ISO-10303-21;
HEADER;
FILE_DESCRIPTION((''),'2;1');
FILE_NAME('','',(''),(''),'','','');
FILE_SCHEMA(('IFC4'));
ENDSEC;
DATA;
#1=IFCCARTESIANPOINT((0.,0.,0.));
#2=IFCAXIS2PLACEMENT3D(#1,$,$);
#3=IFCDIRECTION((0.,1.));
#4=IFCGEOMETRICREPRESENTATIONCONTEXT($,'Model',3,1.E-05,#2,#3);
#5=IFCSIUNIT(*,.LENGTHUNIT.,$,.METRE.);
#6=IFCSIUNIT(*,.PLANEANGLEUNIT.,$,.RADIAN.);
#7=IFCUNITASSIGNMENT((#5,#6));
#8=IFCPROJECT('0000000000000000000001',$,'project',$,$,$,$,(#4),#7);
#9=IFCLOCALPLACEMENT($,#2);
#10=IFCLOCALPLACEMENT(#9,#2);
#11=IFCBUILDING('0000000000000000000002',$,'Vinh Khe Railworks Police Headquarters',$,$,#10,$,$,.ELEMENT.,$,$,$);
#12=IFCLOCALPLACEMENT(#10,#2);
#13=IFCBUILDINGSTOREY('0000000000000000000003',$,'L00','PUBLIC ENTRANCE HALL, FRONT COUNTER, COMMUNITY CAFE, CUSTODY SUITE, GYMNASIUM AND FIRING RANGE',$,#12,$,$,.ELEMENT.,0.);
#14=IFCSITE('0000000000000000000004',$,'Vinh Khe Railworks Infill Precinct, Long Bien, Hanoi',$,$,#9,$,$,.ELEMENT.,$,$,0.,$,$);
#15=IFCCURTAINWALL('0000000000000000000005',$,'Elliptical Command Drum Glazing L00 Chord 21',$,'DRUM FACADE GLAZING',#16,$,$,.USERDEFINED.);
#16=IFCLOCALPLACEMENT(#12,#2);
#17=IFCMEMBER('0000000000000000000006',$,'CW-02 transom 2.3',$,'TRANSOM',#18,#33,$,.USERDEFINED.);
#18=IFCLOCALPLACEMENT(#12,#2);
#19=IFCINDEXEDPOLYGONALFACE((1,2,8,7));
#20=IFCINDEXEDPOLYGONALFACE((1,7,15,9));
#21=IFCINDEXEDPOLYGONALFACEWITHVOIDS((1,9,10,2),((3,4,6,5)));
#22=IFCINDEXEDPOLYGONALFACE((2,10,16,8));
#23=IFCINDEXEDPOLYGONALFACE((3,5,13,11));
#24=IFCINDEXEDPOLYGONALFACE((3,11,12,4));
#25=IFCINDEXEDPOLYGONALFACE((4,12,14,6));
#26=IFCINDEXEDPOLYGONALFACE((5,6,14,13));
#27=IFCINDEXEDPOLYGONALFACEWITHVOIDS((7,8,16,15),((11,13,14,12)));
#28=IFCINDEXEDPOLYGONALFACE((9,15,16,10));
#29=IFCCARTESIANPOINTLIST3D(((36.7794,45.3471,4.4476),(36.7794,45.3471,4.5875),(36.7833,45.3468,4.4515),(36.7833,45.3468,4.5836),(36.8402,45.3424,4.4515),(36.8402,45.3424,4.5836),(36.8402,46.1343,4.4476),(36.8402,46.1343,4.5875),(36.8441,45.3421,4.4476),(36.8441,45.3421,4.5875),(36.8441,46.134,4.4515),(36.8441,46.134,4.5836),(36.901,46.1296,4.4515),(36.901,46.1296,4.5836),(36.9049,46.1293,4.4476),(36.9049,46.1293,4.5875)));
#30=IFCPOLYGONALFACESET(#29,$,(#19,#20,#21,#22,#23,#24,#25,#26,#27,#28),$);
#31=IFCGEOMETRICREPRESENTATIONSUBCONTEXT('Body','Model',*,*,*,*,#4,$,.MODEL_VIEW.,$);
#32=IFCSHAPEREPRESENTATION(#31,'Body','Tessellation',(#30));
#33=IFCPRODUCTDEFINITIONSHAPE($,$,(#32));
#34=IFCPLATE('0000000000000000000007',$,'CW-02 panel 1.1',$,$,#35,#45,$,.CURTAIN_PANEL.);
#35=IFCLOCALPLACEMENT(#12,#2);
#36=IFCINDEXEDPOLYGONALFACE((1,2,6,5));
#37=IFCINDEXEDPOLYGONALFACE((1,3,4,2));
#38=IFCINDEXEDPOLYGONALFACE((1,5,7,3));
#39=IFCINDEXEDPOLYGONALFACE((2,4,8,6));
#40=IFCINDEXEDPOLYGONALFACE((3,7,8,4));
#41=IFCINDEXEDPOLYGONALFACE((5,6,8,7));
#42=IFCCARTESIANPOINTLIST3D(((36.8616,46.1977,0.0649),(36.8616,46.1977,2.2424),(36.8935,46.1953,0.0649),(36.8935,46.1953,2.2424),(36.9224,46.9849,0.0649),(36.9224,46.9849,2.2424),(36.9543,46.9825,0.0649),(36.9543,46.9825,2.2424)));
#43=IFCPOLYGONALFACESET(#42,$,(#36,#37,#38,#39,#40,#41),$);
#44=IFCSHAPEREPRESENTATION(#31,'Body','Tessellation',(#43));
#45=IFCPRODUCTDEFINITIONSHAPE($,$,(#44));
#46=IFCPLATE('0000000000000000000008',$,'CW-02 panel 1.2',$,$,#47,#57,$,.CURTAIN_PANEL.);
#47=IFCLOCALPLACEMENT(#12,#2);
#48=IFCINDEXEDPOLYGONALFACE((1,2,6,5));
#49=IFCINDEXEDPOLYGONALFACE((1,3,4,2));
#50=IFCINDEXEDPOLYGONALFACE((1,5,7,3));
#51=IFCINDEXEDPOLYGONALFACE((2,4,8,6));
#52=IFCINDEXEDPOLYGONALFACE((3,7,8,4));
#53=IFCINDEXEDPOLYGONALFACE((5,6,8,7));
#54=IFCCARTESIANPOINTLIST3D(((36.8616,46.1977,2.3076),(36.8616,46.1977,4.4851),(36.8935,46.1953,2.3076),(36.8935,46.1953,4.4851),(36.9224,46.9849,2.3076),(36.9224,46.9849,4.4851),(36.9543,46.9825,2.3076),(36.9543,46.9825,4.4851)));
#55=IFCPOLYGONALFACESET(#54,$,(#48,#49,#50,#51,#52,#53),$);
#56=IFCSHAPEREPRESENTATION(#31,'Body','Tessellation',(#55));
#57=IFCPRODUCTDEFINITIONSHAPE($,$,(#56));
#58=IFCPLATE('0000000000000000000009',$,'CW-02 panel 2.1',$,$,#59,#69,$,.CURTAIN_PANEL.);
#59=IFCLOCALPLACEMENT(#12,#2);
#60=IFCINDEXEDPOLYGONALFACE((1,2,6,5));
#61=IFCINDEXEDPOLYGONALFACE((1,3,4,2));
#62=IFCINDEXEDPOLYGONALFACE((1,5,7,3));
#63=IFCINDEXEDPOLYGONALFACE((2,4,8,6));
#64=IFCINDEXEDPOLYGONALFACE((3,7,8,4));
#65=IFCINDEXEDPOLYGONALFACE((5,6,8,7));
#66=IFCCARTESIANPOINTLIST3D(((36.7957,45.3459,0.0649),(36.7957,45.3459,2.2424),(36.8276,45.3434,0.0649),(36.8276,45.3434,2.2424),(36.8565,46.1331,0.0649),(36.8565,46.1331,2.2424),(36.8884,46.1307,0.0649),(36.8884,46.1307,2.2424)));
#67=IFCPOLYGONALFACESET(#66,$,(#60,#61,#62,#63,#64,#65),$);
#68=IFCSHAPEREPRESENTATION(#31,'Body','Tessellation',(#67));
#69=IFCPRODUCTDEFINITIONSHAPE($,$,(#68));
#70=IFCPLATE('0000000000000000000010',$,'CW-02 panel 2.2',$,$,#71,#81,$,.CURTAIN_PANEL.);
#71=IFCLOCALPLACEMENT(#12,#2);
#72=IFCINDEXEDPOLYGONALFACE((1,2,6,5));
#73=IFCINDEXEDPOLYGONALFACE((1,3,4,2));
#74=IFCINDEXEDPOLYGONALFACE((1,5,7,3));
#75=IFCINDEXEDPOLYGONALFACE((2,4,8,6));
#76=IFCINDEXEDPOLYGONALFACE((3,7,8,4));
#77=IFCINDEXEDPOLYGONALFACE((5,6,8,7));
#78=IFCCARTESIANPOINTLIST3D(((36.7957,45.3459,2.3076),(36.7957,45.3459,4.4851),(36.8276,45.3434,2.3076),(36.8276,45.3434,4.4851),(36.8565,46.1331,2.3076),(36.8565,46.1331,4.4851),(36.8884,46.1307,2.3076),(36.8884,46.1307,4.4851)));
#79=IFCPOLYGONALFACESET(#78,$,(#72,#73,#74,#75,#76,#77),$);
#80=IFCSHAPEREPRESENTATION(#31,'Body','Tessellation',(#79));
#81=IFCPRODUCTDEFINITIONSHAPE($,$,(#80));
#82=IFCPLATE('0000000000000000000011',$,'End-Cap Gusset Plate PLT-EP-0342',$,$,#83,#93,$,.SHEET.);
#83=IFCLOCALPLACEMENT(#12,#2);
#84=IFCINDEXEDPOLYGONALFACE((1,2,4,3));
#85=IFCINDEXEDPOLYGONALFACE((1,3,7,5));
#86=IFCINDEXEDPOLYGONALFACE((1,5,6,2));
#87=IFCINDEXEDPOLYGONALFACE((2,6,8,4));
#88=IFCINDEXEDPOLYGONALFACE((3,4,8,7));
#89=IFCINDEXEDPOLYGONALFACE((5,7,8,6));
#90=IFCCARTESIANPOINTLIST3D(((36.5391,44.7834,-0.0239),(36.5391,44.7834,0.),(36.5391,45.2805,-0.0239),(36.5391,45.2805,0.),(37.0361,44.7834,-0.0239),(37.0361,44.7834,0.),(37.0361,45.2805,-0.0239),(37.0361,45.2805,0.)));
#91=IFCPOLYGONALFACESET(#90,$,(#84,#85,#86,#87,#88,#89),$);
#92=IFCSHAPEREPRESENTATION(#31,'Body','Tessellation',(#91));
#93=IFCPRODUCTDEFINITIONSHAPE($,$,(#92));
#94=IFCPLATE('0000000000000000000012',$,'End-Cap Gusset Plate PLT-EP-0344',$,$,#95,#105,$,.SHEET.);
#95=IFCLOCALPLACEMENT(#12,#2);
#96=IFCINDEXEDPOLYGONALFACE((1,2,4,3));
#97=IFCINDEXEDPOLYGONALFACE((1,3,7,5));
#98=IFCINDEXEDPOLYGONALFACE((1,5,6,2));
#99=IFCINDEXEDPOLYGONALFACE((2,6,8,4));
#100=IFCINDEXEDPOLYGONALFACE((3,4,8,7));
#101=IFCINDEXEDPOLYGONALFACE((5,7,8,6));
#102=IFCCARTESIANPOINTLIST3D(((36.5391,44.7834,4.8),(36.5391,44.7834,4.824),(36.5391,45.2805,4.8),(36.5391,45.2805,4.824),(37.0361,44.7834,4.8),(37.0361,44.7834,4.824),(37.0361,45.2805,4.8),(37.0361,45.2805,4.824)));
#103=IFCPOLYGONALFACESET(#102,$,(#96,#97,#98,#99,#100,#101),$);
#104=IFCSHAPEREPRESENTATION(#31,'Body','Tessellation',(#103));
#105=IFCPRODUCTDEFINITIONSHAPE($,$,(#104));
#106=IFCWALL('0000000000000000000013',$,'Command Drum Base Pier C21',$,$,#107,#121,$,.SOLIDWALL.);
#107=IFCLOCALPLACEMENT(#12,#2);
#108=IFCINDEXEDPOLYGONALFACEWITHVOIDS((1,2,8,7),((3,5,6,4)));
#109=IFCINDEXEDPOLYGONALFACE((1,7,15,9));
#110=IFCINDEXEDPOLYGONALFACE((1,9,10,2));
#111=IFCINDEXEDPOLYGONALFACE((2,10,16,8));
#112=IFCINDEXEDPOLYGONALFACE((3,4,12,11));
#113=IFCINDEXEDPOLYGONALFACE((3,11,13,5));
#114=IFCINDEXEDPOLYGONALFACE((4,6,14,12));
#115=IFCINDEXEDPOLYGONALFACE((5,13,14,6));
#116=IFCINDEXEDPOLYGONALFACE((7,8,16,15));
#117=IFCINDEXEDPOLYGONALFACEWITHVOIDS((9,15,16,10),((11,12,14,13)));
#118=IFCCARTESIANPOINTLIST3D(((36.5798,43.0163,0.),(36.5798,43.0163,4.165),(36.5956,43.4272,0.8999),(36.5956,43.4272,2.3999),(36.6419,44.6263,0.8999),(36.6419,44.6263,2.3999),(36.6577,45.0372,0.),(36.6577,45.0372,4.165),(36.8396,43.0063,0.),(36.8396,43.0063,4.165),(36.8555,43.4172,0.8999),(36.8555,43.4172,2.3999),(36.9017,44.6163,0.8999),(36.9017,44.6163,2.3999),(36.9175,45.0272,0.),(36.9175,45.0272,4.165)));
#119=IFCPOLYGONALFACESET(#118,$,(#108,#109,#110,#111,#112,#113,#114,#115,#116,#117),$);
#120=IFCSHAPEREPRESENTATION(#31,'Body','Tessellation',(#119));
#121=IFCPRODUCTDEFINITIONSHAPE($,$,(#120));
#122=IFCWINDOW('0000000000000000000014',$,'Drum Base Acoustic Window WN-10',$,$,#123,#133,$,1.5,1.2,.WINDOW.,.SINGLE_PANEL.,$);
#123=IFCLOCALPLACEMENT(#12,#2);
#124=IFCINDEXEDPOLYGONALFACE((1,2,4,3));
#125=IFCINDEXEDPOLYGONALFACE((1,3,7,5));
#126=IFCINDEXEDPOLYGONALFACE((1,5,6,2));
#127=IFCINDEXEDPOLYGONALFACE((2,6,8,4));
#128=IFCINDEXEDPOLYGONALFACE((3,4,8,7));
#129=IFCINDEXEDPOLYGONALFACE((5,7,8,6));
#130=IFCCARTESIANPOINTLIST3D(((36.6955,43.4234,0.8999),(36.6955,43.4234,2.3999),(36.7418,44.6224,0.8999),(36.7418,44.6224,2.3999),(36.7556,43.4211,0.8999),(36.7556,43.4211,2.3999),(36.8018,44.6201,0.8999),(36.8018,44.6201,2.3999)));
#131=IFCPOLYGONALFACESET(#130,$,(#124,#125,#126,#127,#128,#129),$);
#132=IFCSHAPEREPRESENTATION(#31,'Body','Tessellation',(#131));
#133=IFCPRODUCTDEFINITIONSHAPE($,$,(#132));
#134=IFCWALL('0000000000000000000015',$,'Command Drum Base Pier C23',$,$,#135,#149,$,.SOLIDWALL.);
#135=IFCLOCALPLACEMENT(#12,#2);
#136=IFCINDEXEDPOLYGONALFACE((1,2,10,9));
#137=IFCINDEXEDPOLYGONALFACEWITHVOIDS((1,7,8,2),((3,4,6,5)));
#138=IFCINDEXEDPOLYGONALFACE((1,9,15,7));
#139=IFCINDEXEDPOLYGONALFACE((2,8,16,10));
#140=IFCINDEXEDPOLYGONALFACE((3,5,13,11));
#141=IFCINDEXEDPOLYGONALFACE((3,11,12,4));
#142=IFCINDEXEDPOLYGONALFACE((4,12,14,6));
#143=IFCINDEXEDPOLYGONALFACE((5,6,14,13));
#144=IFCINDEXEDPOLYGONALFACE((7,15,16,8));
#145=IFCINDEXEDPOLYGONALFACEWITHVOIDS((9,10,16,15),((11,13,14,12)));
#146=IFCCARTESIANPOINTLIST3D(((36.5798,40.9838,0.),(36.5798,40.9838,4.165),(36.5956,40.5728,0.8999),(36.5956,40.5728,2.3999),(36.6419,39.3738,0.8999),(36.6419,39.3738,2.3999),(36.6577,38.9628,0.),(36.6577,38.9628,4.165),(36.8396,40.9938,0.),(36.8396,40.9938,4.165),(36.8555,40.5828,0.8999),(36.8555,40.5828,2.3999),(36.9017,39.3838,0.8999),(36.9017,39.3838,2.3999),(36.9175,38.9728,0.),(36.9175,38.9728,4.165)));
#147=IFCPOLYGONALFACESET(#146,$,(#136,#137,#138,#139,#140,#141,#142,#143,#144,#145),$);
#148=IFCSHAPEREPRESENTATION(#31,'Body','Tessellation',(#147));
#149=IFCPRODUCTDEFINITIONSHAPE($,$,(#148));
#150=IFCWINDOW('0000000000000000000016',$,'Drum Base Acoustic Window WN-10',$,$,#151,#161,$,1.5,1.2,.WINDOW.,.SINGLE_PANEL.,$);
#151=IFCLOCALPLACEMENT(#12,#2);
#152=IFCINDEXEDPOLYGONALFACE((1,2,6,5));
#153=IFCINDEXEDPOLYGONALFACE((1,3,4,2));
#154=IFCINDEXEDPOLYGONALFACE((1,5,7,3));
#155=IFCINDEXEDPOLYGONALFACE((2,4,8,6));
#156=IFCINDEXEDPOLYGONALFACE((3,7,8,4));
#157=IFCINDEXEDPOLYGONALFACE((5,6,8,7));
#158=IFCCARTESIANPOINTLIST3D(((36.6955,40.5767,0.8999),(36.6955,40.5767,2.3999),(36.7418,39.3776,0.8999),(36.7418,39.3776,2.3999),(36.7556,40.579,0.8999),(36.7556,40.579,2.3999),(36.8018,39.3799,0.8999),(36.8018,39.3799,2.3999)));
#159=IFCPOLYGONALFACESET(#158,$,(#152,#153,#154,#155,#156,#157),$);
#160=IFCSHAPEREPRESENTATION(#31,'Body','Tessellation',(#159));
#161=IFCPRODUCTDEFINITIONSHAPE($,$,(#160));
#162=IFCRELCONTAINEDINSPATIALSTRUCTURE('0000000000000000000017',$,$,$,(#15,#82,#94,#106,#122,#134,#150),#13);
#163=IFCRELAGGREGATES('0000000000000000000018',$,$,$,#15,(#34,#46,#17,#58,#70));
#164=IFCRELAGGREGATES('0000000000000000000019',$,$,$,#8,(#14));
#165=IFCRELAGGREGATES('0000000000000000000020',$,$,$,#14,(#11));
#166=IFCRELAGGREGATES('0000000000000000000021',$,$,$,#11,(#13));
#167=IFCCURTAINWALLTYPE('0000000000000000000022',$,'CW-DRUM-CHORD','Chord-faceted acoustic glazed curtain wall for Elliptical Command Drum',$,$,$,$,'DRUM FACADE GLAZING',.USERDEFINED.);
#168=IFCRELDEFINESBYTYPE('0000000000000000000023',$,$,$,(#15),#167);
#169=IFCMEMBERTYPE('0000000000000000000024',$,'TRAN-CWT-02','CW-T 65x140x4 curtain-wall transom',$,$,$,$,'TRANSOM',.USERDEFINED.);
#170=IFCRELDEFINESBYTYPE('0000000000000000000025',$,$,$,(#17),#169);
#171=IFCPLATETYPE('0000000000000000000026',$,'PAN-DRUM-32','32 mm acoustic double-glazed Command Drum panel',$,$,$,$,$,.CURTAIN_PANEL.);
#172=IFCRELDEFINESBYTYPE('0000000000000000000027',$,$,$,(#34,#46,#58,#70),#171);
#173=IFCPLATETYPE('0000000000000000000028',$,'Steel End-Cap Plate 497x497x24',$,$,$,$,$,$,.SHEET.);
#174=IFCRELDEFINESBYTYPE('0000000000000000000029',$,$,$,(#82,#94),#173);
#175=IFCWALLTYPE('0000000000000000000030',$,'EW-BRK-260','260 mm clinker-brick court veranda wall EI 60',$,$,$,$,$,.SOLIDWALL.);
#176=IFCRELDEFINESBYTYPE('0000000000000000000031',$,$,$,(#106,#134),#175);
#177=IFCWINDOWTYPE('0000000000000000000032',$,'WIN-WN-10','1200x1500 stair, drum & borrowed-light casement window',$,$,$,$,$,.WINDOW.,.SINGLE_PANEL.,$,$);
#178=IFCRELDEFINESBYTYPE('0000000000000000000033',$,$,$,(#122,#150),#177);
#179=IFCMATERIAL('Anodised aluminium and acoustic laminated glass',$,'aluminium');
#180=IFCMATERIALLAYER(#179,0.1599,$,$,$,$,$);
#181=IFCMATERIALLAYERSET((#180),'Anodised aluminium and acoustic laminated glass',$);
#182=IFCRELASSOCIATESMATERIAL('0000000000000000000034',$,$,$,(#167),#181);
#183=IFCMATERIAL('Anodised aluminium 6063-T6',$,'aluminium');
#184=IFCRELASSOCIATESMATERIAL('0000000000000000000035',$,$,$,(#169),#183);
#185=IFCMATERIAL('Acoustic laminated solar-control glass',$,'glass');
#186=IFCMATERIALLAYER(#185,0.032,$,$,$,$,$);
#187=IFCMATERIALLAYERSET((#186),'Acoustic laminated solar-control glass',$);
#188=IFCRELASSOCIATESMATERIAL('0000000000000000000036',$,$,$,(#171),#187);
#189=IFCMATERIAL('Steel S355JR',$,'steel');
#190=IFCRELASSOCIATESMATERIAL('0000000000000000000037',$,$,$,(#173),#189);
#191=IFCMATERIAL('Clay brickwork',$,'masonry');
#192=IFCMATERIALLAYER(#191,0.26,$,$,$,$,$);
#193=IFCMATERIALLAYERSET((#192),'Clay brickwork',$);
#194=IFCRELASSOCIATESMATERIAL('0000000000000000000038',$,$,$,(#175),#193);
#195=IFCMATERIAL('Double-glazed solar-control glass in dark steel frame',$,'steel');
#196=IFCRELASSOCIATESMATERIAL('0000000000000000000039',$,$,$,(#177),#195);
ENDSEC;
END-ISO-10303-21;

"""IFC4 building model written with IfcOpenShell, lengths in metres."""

from ifc_helpers import new_model, si_unit, direction, frame, frame_2d, origin, origin_2d, place, context, subcontext, project, spatial, rectangle, hollow_rectangle, extrude, material, layer, layer_set, material_profile, profile_set, type_object, element, fill, aggregate, save


model = new_model("IFC4")

# Units and contexts
model_context = context("Model", 3, precision=1e-05, world=origin(), true_north=direction((0.0, 1.0)))
body_context = subcontext(model_context, "Body", "Model", "MODEL_VIEW")
ifc_project = project(units=[si_unit("LENGTHUNIT", "METRE"), si_unit("PLANEANGLEUNIT", "RADIAN")], contexts=[model_context])

# Site, building, storey
site_placement = place(None, origin())
site = spatial("IfcSite", under=ifc_project, at=site_placement, Name="Vinh Khe Railworks Infill Precinct, Long Bien, Hanoi", CompositionType="ELEMENT", RefElevation=0.0)
building_placement = place(site_placement, origin())
building = spatial("IfcBuilding", under=site, at=building_placement, Name="Vinh Khe Railworks Police Headquarters", CompositionType="ELEMENT")
storey_placement = place(building_placement, origin())
storey = spatial("IfcBuildingStorey", under=building, at=storey_placement, Name="L00", Description="PUBLIC ENTRANCE HALL, FRONT COUNTER, COMMUNITY CAFE, CUSTODY SUITE, GYMNASIUM AND FIRING RANGE", CompositionType="ELEMENT", Elevation=0.0)

# Shared definitions
ifc_material_1 = material(Name="Steel S355JR", Category="steel")

# Curtain wall
ifc_material_2 = material(Name="Anodised aluminium and acoustic laminated glass", Category="aluminium")
ifc_layer_1 = layer(ifc_material_2, 0.1599)
ifc_layer_set_1 = layer_set([ifc_layer_1], Name="Anodised aluminium and acoustic laminated glass")
curtain_wall_type = type_object("IfcCurtainWallType", Name="CW-DRUM-CHORD", Description="Chord-faceted acoustic glazed curtain wall for Elliptical Command Drum", ElementType="DRUM FACADE GLAZING", PredefinedType="USERDEFINED", material=ifc_layer_set_1)
curtain_wall_placement = place(storey_placement, origin())
curtain_wall = element("IfcCurtainWall", 1, at=curtain_wall_placement, inside=storey, type_object=curtain_wall_type, Name="Elliptical Command Drum Glazing L00 Chord 21", ObjectType="DRUM FACADE GLAZING", PredefinedType="USERDEFINED")
ifc_material_3 = material(Name="Anodised aluminium 6063-T6", Category="aluminium")

# Member
ifc_material_profile_1 = material_profile(ifc_material_3, hollow_rectangle(XDim=0.0649, YDim=0.1399, WallThickness=0.0039, at=origin_2d()), Name="CW-T 65x140x4")
ifc_profile_set_1 = profile_set([ifc_material_profile_1], Name="Anodised aluminium 6063-T6")
member_type_1 = type_object("IfcMemberType", Name="TRAN-CWT-02", Description="CW-T 65x140x4 curtain-wall transom", ElementType="TRANSOM", PredefinedType="USERDEFINED", material=ifc_profile_set_1)
member_1_placement = place(storey_placement, frame((36.8726, 46.1318, 4.5176), z_axis=(-0.077004, -0.997031, 0.0), x_axis=(0.997031, -0.077004, 0.0)))
member_1 = element("IfcMember", 2, at=member_1_placement, type_object=member_type_1, Name="CW-02 transom 2.3", ObjectType="TRANSOM", PredefinedType="USERDEFINED", context=body_context, shape_type="SweptSolid", body=[
    extrude(hollow_rectangle(XDim=0.0649, YDim=0.1399, WallThickness=0.0039, at=origin_2d()), origin(), (0.0, 0.0, 1.0), 0.7896),
])

# Plates
ifc_material_4 = material(Name="Acoustic laminated solar-control glass", Category="glass")
ifc_layer_2 = layer(ifc_material_4, 0.032)
ifc_layer_set_2 = layer_set([ifc_layer_2], Name="Acoustic laminated solar-control glass")
plate_type_1 = type_object("IfcPlateType", Name="PAN-DRUM-32", Description="32 mm acoustic double-glazed Command Drum panel", PredefinedType="CURTAIN_PANEL", material=ifc_layer_set_2)
plate_1_placement = place(storey_placement, frame((36.908, 46.5901, 0.0649), z_axis=(0.0, 0.0, 1.0), x_axis=(-0.07697, -0.997033, 0.0)))
plate_1 = element("IfcPlate", 3, at=plate_1_placement, type_object=plate_type_1, Name="CW-02 panel 1.1", PredefinedType="CURTAIN_PANEL", context=body_context, shape_type="SweptSolid", body=[
    extrude(rectangle(XDim=0.7896, YDim=0.032, at=origin_2d()), origin(), (0.0, 0.0, 1.0), 2.1775),
])
plate_2_placement = place(storey_placement, frame((36.908, 46.5901, 2.3076), z_axis=(0.0, 0.0, 1.0), x_axis=(-0.07697, -0.997033, 0.0)))
plate_2 = element("IfcPlate", 4, at=plate_2_placement, type_object=plate_type_1, Name="CW-02 panel 1.2", PredefinedType="CURTAIN_PANEL", context=body_context, shape_type="SweptSolid", body=[
    extrude(rectangle(XDim=0.7896, YDim=0.032, at=origin_2d()), origin(), (0.0, 0.0, 1.0), 2.1775),
])
plate_3_placement = place(storey_placement, frame((36.842, 45.7383, 0.0649), z_axis=(0.0, 0.0, 1.0), x_axis=(-0.07697, -0.997033, 0.0)))
plate_3 = element("IfcPlate", 5, at=plate_3_placement, type_object=plate_type_1, Name="CW-02 panel 2.1", PredefinedType="CURTAIN_PANEL", context=body_context, shape_type="SweptSolid", body=[
    extrude(rectangle(XDim=0.7896, YDim=0.032, at=origin_2d()), origin(), (0.0, 0.0, 1.0), 2.1775),
])
plate_4_placement = place(storey_placement, frame((36.842, 45.7383, 2.3076), z_axis=(0.0, 0.0, 1.0), x_axis=(-0.07697, -0.997033, 0.0)))
plate_4 = element("IfcPlate", 6, at=plate_4_placement, type_object=plate_type_1, Name="CW-02 panel 2.2", PredefinedType="CURTAIN_PANEL", context=body_context, shape_type="SweptSolid", body=[
    extrude(rectangle(XDim=0.7896, YDim=0.032, at=origin_2d()), origin(), (0.0, 0.0, 1.0), 2.1775),
])
aggregate(curtain_wall, [plate_1, plate_2, member_1, plate_3, plate_4])

# Plates
ifc_material_profile_2 = material_profile(ifc_material_1, rectangle(XDim=0.4971, YDim=0.4971, at=origin_2d()), Name="PL 497x497")
ifc_profile_set_2 = profile_set([ifc_material_profile_2], Name="Steel S355JR")
plate_type_2 = type_object("IfcPlateType", Name="Steel End-Cap Plate 497x497x24", PredefinedType="SHEET", material=ifc_profile_set_2)
for number, where, z_axis, x_axis, name in (
    (7, (36.7876, 45.032, 0.0), (0.0, 0.0, -1.0), (1.0, 0.0, 0.0), "End-Cap Gusset Plate PLT-EP-0342"),
    (8, (36.7876, 45.032, 4.8), (0.0, 0.0, 1.0), (1.0, 0.0, 0.0), "End-Cap Gusset Plate PLT-EP-0344"),
):
    element("IfcPlate", number, at=place(storey_placement, frame(where, z_axis=z_axis, x_axis=x_axis)), inside=storey, type_object=plate_type_2, Name=name, PredefinedType="SHEET", context=body_context, shape_type="SweptSolid", body=[
        extrude(rectangle(XDim=0.4971, YDim=0.4971, at=origin_2d()), origin(), (0.0, 0.0, 1.0), 0.0239),
    ])

# Wall, opening, window
ifc_material_5 = material(Name="Clay brickwork", Category="masonry")
ifc_layer_3 = layer(ifc_material_5, 0.26)
ifc_layer_set_3 = layer_set([ifc_layer_3], Name="Clay brickwork")
wall_type_1 = type_object("IfcWallType", Name="EW-BRK-260", Description="260 mm clinker-brick court veranda wall EI 60", PredefinedType="SOLIDWALL", material=ifc_layer_set_3)
wall_1_placement = place(storey_placement, frame((36.7876, 45.0322, 0.0), z_axis=(0.0, 0.0, 1.0), x_axis=(-0.038507, -0.999258, 0.0)))
wall_1 = element("IfcWall", 9, at=wall_1_placement, inside=storey, type_object=wall_type_1, Name="Command Drum Base Pier C21", PredefinedType="SOLIDWALL", context=body_context, shape_type="SweptSolid", body=[
    extrude(rectangle(XDim=2.0225, YDim=0.26, at=frame_2d((1.0112, 0.0))), origin(), (0.0, 0.0, 1.0), 4.165),
])
opening_1_placement = place(wall_1_placement, frame((0.4111, 0.0, 0.8999)))
opening_1 = element("IfcOpeningElement", 10, at=opening_1_placement, cuts=wall_1, PredefinedType="OPENING", context=body_context, shape_type="SweptSolid", body=[
    extrude(rectangle(XDim=1.2, YDim=1.5, at=frame_2d((0.6001, 0.75))), frame((0.0, 0.145, 0.0), z_axis=(0.0, -1.0, 0.0), x_axis=(1.0, 0.0, 0.0)), (0.0, 0.0, 1.0), 0.2898),
])
ifc_material_6 = material(Name="Double-glazed solar-control glass in dark steel frame", Category="steel")
window_type_1 = type_object("IfcWindowType", Name="WIN-WN-10", Description="1200x1500 stair, drum & borrowed-light casement window", PartitioningType="SINGLE_PANEL", PredefinedType="WINDOW", material=ifc_material_6)
window_1_placement = place(opening_1_placement, origin())
window_1 = element("IfcWindow", 11, at=window_1_placement, inside=storey, type_object=window_type_1, Name="Drum Base Acoustic Window WN-10", OverallHeight=1.5, OverallWidth=1.2, PartitioningType="SINGLE_PANEL", PredefinedType="WINDOW", context=body_context, shape_type="SweptSolid", body=[
    extrude(rectangle(XDim=1.2, YDim=1.5, at=frame_2d((0.6001, 0.75))), frame((0.0, 0.03, 0.0), z_axis=(0.0, -1.0, 0.0), x_axis=(1.0, 0.0, 0.0)), (0.0, 0.0, 1.0), 0.0601),
])
fill(opening_1, window_1)

# Wall, opening, window
wall_2_placement = place(storey_placement, frame((36.7097, 40.9888, 0.0), z_axis=(0.0, 0.0, 1.0), x_axis=(0.038507, -0.999258, 0.0)))
wall_2 = element("IfcWall", 12, at=wall_2_placement, inside=storey, type_object=wall_type_1, Name="Command Drum Base Pier C23", PredefinedType="SOLIDWALL", context=body_context, shape_type="SweptSolid", body=[
    extrude(rectangle(XDim=2.0225, YDim=0.26, at=frame_2d((1.0112, 0.0))), origin(), (0.0, 0.0, 1.0), 4.165),
])
opening_2_placement = place(wall_2_placement, frame((0.4111, 0.0, 0.8999)))
opening_2 = element("IfcOpeningElement", 13, at=opening_2_placement, cuts=wall_2, PredefinedType="OPENING", context=body_context, shape_type="SweptSolid", body=[
    extrude(rectangle(XDim=1.2, YDim=1.5, at=frame_2d((0.6001, 0.75))), frame((0.0, 0.145, 0.0), z_axis=(0.0, -1.0, 0.0), x_axis=(1.0, 0.0, 0.0)), (0.0, 0.0, 1.0), 0.2898),
])
window_2_placement = place(opening_2_placement, origin())
window_2 = element("IfcWindow", 14, at=window_2_placement, inside=storey, type_object=window_type_1, Name="Drum Base Acoustic Window WN-10", OverallHeight=1.5, OverallWidth=1.2, PartitioningType="SINGLE_PANEL", PredefinedType="WINDOW", context=body_context, shape_type="SweptSolid", body=[
    extrude(rectangle(XDim=1.2, YDim=1.5, at=frame_2d((0.6001, 0.75))), frame((0.0, 0.03, 0.0), z_axis=(0.0, -1.0, 0.0), x_axis=(1.0, 0.0, 0.0)), (0.0, 0.0, 1.0), 0.0601),
])
fill(opening_2, window_2)

save(model, "model.ifc")
